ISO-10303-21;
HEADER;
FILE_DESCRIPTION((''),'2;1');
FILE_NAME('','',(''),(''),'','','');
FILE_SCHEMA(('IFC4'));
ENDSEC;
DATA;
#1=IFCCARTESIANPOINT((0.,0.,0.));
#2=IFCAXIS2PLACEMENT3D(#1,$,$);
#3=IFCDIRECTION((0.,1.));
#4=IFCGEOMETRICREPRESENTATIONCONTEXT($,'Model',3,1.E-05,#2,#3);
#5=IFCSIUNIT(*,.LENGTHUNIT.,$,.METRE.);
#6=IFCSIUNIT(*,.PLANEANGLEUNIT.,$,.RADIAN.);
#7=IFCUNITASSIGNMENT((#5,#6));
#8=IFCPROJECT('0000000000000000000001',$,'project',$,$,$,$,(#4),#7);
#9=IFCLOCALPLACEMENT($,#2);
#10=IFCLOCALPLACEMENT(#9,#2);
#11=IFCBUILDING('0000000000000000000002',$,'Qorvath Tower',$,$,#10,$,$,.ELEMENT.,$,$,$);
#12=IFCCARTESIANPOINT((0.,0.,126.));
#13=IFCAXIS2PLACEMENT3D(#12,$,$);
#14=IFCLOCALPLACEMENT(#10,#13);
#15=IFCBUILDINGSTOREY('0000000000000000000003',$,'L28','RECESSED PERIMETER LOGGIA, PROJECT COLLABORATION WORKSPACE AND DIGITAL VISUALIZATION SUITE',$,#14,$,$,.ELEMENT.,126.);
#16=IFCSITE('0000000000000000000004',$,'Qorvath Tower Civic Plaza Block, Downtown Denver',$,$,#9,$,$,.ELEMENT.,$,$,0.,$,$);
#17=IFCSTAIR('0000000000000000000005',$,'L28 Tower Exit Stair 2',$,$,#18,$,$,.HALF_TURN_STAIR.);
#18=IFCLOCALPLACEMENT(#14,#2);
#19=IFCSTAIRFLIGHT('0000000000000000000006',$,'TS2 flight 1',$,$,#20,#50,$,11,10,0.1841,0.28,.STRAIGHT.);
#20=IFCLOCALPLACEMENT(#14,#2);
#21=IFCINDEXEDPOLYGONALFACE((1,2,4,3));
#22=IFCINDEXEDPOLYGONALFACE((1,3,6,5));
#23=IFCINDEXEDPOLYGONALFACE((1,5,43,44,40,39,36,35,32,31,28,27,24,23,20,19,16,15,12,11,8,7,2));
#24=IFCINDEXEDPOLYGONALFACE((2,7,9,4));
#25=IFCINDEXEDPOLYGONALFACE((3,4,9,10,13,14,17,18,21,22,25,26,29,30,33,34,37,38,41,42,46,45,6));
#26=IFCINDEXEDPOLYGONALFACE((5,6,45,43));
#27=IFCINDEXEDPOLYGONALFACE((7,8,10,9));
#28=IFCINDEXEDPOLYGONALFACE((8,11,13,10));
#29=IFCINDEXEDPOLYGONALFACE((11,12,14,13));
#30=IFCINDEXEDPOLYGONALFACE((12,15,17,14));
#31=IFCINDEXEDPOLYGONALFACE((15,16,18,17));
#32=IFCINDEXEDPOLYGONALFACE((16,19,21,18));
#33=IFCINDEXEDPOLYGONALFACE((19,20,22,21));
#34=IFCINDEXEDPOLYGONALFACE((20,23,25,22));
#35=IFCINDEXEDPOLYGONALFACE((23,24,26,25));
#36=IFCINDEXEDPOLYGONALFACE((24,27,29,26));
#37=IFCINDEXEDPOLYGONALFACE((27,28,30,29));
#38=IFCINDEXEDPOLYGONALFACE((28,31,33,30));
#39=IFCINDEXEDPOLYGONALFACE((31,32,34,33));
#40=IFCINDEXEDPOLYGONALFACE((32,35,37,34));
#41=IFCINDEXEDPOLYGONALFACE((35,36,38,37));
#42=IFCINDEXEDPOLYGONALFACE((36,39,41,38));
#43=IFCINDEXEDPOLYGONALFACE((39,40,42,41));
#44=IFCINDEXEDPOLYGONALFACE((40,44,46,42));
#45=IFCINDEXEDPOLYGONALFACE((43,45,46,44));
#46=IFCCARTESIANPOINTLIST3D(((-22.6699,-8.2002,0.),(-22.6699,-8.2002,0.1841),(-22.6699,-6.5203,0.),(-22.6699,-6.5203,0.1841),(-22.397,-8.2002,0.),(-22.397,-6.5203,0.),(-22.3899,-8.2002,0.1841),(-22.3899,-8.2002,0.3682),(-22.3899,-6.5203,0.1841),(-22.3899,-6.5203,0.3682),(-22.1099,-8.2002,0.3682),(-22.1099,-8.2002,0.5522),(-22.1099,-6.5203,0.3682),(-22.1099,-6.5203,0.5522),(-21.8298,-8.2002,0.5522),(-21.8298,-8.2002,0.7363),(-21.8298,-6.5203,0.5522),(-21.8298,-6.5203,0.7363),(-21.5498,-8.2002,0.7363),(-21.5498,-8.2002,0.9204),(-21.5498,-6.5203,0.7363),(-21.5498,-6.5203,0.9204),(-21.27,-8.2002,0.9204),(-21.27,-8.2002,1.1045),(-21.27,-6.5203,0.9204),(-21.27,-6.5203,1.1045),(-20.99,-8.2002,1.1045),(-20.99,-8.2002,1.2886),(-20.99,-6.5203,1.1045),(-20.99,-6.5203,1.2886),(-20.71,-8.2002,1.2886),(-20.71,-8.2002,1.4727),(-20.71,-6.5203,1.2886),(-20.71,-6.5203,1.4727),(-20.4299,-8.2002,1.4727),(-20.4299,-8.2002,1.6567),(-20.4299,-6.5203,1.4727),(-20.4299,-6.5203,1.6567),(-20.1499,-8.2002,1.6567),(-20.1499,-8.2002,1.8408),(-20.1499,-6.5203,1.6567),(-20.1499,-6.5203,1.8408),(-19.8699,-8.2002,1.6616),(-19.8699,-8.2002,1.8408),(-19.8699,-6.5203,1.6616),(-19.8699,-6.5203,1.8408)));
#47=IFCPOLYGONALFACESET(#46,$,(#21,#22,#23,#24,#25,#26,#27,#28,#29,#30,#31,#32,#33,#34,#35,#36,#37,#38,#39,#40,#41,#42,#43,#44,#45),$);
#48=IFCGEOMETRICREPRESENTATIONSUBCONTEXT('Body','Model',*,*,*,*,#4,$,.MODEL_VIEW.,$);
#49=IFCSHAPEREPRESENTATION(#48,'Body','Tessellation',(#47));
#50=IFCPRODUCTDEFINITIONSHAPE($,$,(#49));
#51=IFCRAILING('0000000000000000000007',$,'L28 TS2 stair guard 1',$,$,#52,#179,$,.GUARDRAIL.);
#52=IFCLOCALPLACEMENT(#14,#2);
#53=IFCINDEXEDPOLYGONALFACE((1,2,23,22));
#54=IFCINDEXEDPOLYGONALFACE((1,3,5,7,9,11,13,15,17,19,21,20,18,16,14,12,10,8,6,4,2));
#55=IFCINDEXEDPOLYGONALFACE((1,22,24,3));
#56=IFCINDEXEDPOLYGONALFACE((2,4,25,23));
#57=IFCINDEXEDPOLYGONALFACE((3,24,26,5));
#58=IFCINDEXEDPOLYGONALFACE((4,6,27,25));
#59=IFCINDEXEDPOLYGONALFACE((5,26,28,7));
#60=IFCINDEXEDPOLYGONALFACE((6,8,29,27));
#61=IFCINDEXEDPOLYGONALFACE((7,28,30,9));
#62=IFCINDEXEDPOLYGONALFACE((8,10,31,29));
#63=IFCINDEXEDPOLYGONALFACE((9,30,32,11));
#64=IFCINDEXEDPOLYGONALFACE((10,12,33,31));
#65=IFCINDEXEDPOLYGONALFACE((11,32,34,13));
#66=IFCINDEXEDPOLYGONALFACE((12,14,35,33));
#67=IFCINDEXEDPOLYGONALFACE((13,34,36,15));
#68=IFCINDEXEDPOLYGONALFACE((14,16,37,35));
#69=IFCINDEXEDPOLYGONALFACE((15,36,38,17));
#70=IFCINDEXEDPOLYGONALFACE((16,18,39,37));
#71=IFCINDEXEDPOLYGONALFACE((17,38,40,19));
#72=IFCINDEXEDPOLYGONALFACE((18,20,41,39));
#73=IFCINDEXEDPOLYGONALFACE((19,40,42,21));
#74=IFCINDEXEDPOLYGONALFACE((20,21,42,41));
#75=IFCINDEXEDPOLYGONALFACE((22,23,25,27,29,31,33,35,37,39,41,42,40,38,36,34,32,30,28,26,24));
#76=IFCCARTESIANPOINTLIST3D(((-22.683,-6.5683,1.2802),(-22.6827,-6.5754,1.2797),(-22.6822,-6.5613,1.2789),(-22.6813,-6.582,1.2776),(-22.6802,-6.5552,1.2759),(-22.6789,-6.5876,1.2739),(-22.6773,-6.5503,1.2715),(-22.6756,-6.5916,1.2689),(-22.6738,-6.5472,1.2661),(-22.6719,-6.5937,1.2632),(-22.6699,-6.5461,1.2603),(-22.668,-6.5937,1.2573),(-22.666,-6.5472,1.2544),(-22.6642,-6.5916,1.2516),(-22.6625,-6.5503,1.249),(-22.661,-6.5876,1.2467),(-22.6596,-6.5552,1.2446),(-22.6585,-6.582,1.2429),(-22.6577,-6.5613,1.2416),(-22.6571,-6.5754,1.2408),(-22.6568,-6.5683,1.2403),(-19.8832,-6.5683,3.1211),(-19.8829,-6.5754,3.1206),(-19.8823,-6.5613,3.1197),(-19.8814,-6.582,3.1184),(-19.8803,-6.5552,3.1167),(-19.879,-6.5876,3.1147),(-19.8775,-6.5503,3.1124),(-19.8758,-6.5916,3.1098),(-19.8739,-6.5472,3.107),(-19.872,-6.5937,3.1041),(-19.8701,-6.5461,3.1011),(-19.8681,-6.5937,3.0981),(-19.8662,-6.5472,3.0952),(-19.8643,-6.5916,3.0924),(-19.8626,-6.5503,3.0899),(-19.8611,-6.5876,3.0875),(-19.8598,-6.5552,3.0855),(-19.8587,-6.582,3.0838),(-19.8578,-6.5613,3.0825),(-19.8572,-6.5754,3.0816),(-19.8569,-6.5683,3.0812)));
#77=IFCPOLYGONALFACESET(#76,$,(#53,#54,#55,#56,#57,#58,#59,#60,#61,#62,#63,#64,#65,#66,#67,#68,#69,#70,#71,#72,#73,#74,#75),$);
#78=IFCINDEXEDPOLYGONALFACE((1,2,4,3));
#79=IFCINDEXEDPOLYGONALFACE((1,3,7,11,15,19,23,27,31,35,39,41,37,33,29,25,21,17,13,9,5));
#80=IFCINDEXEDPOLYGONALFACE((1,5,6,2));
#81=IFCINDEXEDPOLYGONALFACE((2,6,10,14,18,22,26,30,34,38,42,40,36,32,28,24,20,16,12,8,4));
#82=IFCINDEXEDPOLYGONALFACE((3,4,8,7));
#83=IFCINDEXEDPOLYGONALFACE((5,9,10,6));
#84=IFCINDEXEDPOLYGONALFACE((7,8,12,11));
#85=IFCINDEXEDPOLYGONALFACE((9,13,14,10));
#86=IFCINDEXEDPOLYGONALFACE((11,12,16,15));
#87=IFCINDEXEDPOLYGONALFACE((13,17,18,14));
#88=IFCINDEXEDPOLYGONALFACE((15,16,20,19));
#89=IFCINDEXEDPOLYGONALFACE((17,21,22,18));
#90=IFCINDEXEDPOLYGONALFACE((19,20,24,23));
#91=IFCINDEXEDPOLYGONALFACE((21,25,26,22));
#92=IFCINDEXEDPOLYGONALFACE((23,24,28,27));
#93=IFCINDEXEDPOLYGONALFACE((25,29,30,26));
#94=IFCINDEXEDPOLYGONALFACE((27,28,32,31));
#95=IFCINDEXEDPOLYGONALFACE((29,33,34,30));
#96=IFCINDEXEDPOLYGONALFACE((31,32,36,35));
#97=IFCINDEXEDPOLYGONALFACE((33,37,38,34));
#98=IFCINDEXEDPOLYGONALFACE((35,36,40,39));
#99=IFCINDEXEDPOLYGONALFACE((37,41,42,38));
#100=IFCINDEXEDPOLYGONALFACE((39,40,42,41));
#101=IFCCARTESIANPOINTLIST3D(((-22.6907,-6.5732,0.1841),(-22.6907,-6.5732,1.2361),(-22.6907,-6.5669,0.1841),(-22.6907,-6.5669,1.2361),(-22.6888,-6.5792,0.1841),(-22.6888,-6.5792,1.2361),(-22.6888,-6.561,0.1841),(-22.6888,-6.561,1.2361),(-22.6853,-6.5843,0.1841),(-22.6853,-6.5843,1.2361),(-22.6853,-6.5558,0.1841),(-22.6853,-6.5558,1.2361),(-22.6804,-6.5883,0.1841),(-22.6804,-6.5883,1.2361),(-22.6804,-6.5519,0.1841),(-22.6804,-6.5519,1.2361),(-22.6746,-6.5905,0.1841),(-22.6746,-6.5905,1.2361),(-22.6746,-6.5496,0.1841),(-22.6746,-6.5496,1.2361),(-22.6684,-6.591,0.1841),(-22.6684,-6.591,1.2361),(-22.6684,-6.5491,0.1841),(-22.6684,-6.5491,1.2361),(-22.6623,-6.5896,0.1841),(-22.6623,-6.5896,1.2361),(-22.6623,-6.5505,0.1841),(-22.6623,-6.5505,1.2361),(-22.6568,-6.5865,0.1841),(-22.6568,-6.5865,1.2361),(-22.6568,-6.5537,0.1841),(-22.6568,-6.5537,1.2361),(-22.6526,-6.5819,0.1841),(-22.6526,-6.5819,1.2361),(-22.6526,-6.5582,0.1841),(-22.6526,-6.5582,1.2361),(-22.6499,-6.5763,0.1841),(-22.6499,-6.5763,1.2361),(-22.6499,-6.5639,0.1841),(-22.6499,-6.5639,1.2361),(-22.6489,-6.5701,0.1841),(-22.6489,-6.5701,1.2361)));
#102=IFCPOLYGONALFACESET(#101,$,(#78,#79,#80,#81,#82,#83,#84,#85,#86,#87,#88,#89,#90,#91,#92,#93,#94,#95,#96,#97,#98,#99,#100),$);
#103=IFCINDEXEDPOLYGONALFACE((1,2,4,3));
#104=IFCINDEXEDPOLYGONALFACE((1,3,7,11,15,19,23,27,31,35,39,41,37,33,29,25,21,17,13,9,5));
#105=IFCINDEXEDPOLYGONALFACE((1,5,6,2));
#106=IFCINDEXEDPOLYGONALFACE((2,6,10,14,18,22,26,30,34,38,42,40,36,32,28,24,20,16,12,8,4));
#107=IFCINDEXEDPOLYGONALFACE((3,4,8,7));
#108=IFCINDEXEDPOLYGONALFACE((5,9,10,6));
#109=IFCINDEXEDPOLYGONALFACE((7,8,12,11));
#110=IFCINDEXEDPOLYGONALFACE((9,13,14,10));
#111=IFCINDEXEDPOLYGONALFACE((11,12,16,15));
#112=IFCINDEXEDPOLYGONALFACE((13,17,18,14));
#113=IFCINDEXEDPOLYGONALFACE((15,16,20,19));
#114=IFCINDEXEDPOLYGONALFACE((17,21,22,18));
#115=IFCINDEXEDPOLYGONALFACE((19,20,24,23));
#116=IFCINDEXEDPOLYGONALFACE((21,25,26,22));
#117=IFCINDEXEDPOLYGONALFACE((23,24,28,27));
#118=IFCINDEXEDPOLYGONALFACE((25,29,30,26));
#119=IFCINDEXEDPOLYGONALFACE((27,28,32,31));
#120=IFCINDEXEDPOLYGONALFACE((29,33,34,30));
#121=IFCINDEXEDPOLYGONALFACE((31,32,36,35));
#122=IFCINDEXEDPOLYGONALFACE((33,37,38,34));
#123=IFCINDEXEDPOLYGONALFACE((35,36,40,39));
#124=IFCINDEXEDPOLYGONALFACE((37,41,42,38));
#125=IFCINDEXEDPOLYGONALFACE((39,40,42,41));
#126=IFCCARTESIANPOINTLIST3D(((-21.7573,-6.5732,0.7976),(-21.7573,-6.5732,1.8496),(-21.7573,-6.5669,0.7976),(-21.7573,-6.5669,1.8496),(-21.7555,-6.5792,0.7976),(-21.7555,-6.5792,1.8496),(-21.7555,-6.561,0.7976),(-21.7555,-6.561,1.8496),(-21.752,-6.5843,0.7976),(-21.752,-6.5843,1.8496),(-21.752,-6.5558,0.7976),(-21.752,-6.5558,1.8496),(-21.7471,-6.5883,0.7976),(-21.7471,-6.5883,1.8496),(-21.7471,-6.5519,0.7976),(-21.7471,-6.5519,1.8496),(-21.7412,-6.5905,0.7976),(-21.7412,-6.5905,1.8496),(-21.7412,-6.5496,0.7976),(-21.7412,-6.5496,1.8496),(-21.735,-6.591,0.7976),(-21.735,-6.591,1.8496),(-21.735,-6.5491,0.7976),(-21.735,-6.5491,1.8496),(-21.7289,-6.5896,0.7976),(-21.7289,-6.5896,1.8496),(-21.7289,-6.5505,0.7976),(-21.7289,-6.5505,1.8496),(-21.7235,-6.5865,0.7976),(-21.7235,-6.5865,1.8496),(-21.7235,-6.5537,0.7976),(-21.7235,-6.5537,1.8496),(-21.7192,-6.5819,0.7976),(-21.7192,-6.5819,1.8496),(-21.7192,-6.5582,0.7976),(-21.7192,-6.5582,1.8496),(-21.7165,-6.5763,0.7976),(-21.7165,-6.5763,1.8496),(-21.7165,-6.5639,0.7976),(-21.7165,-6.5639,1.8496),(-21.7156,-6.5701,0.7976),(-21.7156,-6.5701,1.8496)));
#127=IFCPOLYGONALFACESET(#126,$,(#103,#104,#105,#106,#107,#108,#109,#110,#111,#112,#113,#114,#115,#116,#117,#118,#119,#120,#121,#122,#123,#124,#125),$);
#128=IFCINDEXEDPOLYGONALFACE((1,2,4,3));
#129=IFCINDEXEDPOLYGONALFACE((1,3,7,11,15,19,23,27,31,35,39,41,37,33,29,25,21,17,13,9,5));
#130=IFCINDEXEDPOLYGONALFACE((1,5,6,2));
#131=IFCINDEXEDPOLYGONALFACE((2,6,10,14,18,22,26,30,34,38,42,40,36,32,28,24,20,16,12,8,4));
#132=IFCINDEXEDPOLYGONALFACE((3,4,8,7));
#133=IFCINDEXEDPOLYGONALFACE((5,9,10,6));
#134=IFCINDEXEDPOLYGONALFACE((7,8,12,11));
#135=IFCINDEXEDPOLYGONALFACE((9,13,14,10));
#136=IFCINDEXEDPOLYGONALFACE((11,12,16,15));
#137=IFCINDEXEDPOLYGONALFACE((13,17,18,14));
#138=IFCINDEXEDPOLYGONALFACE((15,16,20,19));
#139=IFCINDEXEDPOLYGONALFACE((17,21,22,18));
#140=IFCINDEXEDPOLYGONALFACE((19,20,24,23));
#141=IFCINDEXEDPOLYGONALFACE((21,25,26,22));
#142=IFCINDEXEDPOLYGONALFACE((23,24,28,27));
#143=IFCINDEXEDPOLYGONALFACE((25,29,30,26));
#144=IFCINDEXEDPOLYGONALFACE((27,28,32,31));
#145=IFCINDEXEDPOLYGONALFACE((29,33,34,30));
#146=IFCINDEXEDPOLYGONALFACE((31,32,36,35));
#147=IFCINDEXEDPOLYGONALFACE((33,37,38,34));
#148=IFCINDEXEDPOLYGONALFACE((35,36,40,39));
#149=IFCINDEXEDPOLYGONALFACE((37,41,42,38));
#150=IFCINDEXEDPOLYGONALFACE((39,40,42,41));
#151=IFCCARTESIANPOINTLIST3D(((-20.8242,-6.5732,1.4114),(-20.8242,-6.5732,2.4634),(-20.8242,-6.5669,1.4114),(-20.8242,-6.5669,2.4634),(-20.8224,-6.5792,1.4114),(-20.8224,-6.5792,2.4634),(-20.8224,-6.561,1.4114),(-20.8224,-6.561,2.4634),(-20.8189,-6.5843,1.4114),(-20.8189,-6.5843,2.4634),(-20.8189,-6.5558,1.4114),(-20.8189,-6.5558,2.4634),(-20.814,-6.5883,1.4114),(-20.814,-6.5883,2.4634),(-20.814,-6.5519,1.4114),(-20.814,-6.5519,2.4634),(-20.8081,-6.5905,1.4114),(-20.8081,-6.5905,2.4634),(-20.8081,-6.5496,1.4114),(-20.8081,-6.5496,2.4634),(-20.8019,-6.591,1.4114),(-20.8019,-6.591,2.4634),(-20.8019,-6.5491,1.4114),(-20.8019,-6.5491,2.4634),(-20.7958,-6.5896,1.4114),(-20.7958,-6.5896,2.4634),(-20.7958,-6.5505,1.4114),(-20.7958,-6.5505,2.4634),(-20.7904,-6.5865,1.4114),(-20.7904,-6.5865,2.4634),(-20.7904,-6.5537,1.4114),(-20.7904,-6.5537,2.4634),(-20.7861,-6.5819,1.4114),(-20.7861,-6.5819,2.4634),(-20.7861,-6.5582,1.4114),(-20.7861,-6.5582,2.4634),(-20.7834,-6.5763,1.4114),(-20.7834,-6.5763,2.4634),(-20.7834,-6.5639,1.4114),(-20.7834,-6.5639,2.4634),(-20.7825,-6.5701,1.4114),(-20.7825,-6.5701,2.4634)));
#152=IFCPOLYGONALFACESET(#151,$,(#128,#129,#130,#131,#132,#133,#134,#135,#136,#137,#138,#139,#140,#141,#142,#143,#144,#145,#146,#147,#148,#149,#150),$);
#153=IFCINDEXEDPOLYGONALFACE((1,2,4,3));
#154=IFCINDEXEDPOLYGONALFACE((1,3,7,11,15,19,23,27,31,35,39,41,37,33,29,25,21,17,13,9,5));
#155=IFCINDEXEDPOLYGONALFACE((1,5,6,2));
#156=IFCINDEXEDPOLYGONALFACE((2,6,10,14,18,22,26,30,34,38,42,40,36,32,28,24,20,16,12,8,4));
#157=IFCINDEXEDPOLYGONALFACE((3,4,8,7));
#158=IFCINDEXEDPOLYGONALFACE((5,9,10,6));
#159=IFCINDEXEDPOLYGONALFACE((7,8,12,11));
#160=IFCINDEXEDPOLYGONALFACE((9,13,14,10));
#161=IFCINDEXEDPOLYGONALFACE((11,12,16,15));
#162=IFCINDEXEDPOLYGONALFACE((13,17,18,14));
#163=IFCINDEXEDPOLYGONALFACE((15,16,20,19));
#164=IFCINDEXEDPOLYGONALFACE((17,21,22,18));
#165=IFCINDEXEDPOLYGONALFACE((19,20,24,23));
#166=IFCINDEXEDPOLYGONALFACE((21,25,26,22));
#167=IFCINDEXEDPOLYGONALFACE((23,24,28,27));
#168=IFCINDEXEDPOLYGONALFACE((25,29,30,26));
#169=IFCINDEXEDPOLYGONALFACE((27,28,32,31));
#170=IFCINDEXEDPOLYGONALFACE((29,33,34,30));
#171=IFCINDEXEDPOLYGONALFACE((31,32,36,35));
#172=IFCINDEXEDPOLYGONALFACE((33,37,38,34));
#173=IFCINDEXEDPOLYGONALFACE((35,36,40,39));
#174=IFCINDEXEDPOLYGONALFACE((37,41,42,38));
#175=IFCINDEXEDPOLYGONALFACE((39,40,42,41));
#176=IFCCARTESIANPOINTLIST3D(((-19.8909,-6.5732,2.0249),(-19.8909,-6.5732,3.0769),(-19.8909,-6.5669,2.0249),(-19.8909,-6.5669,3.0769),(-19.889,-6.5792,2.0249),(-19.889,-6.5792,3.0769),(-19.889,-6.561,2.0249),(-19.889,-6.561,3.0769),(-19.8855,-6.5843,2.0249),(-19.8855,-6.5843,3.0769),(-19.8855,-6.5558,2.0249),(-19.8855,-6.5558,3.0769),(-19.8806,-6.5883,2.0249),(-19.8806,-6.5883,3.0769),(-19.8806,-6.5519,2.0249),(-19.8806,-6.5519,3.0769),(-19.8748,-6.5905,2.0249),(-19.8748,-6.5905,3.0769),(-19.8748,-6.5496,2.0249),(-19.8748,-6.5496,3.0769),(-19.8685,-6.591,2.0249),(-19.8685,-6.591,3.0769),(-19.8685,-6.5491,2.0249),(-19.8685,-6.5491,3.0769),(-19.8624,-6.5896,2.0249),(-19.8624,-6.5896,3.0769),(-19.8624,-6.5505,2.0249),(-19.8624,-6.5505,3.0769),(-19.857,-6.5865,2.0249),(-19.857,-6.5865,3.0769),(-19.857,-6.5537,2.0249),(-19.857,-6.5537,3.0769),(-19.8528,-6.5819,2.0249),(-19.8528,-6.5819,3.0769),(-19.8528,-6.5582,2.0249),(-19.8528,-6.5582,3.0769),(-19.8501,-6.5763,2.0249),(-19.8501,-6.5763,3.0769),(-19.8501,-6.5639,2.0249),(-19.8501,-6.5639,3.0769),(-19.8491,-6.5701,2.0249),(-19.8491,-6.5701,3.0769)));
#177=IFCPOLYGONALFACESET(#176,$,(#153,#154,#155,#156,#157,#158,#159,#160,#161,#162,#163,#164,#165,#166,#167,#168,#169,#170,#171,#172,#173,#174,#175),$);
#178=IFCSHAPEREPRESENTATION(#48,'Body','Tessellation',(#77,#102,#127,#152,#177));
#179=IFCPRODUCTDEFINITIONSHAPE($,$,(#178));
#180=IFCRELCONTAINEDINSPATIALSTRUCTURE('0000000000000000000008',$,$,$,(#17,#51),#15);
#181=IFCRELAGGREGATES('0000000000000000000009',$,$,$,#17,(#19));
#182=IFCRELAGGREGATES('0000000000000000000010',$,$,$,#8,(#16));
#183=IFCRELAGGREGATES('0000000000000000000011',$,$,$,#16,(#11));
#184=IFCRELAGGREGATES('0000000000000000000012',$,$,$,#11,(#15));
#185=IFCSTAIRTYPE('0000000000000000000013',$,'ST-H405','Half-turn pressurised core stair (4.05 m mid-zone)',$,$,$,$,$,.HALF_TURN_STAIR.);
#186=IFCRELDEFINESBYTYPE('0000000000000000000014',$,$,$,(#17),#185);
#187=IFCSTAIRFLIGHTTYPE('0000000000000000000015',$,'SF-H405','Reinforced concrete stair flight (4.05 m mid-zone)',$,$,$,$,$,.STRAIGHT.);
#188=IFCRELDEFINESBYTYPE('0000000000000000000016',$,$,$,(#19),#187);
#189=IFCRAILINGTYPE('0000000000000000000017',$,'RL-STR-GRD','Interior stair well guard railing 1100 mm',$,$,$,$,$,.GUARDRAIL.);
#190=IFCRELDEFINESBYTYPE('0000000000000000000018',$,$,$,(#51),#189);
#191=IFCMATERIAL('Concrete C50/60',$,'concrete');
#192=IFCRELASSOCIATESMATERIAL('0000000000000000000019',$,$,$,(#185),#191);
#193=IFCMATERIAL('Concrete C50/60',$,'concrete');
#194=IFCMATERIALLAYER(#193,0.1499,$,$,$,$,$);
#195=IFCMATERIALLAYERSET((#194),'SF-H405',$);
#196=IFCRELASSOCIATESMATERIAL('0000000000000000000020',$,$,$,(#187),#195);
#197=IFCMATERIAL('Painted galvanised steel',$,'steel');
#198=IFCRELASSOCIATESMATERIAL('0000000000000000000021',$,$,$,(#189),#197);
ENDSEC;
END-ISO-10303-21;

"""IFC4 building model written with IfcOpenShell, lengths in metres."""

from ifc_helpers import new_model, si_unit, direction, frame, origin, origin_2d, place, context, subcontext, project, spatial, polyline, circle, outline, extrude, material, layer, layer_set, type_object, element, aggregate, save


model = new_model("IFC4")

# Units and contexts
model_context = context("Model", 3, precision=1e-05, world=origin(), true_north=direction((0.0, 1.0)))
body_context = subcontext(model_context, "Body", "Model", "MODEL_VIEW")
ifc_project = project(units=[si_unit("LENGTHUNIT", "METRE"), si_unit("PLANEANGLEUNIT", "RADIAN")], contexts=[model_context])

# Site, building, storey
site_placement = place(None, origin())
site = spatial("IfcSite", under=ifc_project, at=site_placement, Name="Qorvath Tower Civic Plaza Block, Downtown Denver", CompositionType="ELEMENT", RefElevation=0.0)
building_placement = place(site_placement, origin())
building = spatial("IfcBuilding", under=site, at=building_placement, Name="Qorvath Tower", CompositionType="ELEMENT")
storey_placement = place(building_placement, frame((0.0, 0.0, 126.0)))
storey = spatial("IfcBuildingStorey", under=building, at=storey_placement, Name="L28", Description="RECESSED PERIMETER LOGGIA, PROJECT COLLABORATION WORKSPACE AND DIGITAL VISUALIZATION SUITE", CompositionType="ELEMENT", Elevation=126.0)

# Stair, stair flight
ifc_material_1 = material(Name="Concrete C50/60", Category="concrete")
stair_type = type_object("IfcStairType", Name="ST-H405", Description="Half-turn pressurised core stair (4.05 m mid-zone)", PredefinedType="HALF_TURN_STAIR", material=ifc_material_1)
stair_placement = place(storey_placement, origin())
stair = element("IfcStair", 1, at=stair_placement, inside=storey, type_object=stair_type, Name="L28 Tower Exit Stair 2", PredefinedType="HALF_TURN_STAIR")
ifc_material_2 = material(Name="Concrete C50/60", Category="concrete")
ifc_layer_1 = layer(ifc_material_2, 0.1499)
ifc_layer_set_1 = layer_set([ifc_layer_1], Name="SF-H405")
stair_flight_type = type_object("IfcStairFlightType", Name="SF-H405", Description="Reinforced concrete stair flight (4.05 m mid-zone)", PredefinedType="STRAIGHT", material=ifc_layer_set_1)
stair_flight_placement = place(storey_placement, frame((-22.6699, -7.3601, 0.0), z_axis=(0.0, 0.0, 1.0), x_axis=(1.0, 0.0, 0.0)))
stair_flight = element("IfcStairFlight", 2, at=stair_flight_placement, type_object=stair_flight_type, Name="TS2 flight 1", NumberOfRisers=11, NumberOfTreads=10, PredefinedType="STRAIGHT", RiserHeight=0.1841, TreadLength=0.28, context=body_context, shape_type="SweptSolid", body=[
    extrude(outline(polyline([(0.0, 0.0), (0.0, 0.1841), (0.28, 0.1841), (0.28, 0.3682), (0.5601, 0.3682), (0.5601, 0.5522), (0.8401, 0.5522), (0.8401, 0.7363), (1.1201, 0.7363), (1.1201, 0.9204), (1.3999, 0.9204), (1.3999, 1.1045), (1.6799, 1.1045), (1.6799, 1.2886), (1.96, 1.2886), (1.96, 1.4727), (2.24, 1.4727), (2.24, 1.6567), (2.52, 1.6567), (2.52, 1.8408), (2.8, 1.8408), (2.8, 2.0249), (2.8, 1.6616), (0.2729, 0.0), (0.0, 0.0)])), frame((0.0, 0.8398, 0.0), z_axis=(0.0, -1.0, 0.0), x_axis=(1.0, 0.0, 0.0)), (0.0, 0.0, 1.0), 1.6799),
])
aggregate(stair, [stair_flight])

# Railing
ifc_material_3 = material(Name="Painted galvanised steel", Category="steel")
railing_type_1 = type_object("IfcRailingType", Name="RL-STR-GRD", Description="Interior stair well guard railing 1100 mm", PredefinedType="GUARDRAIL", material=ifc_material_3)
railing_1_placement = place(storey_placement, frame((-22.6699, -6.5701, 0.1841)))
element("IfcRailing", 3, at=railing_1_placement, inside=storey, type_object=railing_type_1, Name="L28 TS2 stair guard 1", PredefinedType="GUARDRAIL", context=body_context, shape_type="SweptSolid", body=[
    extrude(circle(Radius=0.0239, at=origin_2d()), frame((0.0, 0.0, 1.0762), z_axis=(0.835576, 0.0, 0.549376), x_axis=(0.0, 1.0, 0.0)), (0.0, 0.0, 1.0), 3.3508),
    extrude(circle(Radius=0.021, at=origin_2d()), origin(), (0.0, 0.0, 1.0), 1.052),
    extrude(circle(Radius=0.021, at=origin_2d()), frame((0.9333, 0.0, 0.6135)), (0.0, 0.0, 1.0), 1.052),
    extrude(circle(Radius=0.021, at=origin_2d()), frame((1.8665, 0.0, 1.2273)), (0.0, 0.0, 1.0), 1.052),
    extrude(circle(Radius=0.021, at=origin_2d()), frame((2.7998, 0.0, 1.8408)), (0.0, 0.0, 1.0), 1.052),
])

save(model, "model.ifc")
